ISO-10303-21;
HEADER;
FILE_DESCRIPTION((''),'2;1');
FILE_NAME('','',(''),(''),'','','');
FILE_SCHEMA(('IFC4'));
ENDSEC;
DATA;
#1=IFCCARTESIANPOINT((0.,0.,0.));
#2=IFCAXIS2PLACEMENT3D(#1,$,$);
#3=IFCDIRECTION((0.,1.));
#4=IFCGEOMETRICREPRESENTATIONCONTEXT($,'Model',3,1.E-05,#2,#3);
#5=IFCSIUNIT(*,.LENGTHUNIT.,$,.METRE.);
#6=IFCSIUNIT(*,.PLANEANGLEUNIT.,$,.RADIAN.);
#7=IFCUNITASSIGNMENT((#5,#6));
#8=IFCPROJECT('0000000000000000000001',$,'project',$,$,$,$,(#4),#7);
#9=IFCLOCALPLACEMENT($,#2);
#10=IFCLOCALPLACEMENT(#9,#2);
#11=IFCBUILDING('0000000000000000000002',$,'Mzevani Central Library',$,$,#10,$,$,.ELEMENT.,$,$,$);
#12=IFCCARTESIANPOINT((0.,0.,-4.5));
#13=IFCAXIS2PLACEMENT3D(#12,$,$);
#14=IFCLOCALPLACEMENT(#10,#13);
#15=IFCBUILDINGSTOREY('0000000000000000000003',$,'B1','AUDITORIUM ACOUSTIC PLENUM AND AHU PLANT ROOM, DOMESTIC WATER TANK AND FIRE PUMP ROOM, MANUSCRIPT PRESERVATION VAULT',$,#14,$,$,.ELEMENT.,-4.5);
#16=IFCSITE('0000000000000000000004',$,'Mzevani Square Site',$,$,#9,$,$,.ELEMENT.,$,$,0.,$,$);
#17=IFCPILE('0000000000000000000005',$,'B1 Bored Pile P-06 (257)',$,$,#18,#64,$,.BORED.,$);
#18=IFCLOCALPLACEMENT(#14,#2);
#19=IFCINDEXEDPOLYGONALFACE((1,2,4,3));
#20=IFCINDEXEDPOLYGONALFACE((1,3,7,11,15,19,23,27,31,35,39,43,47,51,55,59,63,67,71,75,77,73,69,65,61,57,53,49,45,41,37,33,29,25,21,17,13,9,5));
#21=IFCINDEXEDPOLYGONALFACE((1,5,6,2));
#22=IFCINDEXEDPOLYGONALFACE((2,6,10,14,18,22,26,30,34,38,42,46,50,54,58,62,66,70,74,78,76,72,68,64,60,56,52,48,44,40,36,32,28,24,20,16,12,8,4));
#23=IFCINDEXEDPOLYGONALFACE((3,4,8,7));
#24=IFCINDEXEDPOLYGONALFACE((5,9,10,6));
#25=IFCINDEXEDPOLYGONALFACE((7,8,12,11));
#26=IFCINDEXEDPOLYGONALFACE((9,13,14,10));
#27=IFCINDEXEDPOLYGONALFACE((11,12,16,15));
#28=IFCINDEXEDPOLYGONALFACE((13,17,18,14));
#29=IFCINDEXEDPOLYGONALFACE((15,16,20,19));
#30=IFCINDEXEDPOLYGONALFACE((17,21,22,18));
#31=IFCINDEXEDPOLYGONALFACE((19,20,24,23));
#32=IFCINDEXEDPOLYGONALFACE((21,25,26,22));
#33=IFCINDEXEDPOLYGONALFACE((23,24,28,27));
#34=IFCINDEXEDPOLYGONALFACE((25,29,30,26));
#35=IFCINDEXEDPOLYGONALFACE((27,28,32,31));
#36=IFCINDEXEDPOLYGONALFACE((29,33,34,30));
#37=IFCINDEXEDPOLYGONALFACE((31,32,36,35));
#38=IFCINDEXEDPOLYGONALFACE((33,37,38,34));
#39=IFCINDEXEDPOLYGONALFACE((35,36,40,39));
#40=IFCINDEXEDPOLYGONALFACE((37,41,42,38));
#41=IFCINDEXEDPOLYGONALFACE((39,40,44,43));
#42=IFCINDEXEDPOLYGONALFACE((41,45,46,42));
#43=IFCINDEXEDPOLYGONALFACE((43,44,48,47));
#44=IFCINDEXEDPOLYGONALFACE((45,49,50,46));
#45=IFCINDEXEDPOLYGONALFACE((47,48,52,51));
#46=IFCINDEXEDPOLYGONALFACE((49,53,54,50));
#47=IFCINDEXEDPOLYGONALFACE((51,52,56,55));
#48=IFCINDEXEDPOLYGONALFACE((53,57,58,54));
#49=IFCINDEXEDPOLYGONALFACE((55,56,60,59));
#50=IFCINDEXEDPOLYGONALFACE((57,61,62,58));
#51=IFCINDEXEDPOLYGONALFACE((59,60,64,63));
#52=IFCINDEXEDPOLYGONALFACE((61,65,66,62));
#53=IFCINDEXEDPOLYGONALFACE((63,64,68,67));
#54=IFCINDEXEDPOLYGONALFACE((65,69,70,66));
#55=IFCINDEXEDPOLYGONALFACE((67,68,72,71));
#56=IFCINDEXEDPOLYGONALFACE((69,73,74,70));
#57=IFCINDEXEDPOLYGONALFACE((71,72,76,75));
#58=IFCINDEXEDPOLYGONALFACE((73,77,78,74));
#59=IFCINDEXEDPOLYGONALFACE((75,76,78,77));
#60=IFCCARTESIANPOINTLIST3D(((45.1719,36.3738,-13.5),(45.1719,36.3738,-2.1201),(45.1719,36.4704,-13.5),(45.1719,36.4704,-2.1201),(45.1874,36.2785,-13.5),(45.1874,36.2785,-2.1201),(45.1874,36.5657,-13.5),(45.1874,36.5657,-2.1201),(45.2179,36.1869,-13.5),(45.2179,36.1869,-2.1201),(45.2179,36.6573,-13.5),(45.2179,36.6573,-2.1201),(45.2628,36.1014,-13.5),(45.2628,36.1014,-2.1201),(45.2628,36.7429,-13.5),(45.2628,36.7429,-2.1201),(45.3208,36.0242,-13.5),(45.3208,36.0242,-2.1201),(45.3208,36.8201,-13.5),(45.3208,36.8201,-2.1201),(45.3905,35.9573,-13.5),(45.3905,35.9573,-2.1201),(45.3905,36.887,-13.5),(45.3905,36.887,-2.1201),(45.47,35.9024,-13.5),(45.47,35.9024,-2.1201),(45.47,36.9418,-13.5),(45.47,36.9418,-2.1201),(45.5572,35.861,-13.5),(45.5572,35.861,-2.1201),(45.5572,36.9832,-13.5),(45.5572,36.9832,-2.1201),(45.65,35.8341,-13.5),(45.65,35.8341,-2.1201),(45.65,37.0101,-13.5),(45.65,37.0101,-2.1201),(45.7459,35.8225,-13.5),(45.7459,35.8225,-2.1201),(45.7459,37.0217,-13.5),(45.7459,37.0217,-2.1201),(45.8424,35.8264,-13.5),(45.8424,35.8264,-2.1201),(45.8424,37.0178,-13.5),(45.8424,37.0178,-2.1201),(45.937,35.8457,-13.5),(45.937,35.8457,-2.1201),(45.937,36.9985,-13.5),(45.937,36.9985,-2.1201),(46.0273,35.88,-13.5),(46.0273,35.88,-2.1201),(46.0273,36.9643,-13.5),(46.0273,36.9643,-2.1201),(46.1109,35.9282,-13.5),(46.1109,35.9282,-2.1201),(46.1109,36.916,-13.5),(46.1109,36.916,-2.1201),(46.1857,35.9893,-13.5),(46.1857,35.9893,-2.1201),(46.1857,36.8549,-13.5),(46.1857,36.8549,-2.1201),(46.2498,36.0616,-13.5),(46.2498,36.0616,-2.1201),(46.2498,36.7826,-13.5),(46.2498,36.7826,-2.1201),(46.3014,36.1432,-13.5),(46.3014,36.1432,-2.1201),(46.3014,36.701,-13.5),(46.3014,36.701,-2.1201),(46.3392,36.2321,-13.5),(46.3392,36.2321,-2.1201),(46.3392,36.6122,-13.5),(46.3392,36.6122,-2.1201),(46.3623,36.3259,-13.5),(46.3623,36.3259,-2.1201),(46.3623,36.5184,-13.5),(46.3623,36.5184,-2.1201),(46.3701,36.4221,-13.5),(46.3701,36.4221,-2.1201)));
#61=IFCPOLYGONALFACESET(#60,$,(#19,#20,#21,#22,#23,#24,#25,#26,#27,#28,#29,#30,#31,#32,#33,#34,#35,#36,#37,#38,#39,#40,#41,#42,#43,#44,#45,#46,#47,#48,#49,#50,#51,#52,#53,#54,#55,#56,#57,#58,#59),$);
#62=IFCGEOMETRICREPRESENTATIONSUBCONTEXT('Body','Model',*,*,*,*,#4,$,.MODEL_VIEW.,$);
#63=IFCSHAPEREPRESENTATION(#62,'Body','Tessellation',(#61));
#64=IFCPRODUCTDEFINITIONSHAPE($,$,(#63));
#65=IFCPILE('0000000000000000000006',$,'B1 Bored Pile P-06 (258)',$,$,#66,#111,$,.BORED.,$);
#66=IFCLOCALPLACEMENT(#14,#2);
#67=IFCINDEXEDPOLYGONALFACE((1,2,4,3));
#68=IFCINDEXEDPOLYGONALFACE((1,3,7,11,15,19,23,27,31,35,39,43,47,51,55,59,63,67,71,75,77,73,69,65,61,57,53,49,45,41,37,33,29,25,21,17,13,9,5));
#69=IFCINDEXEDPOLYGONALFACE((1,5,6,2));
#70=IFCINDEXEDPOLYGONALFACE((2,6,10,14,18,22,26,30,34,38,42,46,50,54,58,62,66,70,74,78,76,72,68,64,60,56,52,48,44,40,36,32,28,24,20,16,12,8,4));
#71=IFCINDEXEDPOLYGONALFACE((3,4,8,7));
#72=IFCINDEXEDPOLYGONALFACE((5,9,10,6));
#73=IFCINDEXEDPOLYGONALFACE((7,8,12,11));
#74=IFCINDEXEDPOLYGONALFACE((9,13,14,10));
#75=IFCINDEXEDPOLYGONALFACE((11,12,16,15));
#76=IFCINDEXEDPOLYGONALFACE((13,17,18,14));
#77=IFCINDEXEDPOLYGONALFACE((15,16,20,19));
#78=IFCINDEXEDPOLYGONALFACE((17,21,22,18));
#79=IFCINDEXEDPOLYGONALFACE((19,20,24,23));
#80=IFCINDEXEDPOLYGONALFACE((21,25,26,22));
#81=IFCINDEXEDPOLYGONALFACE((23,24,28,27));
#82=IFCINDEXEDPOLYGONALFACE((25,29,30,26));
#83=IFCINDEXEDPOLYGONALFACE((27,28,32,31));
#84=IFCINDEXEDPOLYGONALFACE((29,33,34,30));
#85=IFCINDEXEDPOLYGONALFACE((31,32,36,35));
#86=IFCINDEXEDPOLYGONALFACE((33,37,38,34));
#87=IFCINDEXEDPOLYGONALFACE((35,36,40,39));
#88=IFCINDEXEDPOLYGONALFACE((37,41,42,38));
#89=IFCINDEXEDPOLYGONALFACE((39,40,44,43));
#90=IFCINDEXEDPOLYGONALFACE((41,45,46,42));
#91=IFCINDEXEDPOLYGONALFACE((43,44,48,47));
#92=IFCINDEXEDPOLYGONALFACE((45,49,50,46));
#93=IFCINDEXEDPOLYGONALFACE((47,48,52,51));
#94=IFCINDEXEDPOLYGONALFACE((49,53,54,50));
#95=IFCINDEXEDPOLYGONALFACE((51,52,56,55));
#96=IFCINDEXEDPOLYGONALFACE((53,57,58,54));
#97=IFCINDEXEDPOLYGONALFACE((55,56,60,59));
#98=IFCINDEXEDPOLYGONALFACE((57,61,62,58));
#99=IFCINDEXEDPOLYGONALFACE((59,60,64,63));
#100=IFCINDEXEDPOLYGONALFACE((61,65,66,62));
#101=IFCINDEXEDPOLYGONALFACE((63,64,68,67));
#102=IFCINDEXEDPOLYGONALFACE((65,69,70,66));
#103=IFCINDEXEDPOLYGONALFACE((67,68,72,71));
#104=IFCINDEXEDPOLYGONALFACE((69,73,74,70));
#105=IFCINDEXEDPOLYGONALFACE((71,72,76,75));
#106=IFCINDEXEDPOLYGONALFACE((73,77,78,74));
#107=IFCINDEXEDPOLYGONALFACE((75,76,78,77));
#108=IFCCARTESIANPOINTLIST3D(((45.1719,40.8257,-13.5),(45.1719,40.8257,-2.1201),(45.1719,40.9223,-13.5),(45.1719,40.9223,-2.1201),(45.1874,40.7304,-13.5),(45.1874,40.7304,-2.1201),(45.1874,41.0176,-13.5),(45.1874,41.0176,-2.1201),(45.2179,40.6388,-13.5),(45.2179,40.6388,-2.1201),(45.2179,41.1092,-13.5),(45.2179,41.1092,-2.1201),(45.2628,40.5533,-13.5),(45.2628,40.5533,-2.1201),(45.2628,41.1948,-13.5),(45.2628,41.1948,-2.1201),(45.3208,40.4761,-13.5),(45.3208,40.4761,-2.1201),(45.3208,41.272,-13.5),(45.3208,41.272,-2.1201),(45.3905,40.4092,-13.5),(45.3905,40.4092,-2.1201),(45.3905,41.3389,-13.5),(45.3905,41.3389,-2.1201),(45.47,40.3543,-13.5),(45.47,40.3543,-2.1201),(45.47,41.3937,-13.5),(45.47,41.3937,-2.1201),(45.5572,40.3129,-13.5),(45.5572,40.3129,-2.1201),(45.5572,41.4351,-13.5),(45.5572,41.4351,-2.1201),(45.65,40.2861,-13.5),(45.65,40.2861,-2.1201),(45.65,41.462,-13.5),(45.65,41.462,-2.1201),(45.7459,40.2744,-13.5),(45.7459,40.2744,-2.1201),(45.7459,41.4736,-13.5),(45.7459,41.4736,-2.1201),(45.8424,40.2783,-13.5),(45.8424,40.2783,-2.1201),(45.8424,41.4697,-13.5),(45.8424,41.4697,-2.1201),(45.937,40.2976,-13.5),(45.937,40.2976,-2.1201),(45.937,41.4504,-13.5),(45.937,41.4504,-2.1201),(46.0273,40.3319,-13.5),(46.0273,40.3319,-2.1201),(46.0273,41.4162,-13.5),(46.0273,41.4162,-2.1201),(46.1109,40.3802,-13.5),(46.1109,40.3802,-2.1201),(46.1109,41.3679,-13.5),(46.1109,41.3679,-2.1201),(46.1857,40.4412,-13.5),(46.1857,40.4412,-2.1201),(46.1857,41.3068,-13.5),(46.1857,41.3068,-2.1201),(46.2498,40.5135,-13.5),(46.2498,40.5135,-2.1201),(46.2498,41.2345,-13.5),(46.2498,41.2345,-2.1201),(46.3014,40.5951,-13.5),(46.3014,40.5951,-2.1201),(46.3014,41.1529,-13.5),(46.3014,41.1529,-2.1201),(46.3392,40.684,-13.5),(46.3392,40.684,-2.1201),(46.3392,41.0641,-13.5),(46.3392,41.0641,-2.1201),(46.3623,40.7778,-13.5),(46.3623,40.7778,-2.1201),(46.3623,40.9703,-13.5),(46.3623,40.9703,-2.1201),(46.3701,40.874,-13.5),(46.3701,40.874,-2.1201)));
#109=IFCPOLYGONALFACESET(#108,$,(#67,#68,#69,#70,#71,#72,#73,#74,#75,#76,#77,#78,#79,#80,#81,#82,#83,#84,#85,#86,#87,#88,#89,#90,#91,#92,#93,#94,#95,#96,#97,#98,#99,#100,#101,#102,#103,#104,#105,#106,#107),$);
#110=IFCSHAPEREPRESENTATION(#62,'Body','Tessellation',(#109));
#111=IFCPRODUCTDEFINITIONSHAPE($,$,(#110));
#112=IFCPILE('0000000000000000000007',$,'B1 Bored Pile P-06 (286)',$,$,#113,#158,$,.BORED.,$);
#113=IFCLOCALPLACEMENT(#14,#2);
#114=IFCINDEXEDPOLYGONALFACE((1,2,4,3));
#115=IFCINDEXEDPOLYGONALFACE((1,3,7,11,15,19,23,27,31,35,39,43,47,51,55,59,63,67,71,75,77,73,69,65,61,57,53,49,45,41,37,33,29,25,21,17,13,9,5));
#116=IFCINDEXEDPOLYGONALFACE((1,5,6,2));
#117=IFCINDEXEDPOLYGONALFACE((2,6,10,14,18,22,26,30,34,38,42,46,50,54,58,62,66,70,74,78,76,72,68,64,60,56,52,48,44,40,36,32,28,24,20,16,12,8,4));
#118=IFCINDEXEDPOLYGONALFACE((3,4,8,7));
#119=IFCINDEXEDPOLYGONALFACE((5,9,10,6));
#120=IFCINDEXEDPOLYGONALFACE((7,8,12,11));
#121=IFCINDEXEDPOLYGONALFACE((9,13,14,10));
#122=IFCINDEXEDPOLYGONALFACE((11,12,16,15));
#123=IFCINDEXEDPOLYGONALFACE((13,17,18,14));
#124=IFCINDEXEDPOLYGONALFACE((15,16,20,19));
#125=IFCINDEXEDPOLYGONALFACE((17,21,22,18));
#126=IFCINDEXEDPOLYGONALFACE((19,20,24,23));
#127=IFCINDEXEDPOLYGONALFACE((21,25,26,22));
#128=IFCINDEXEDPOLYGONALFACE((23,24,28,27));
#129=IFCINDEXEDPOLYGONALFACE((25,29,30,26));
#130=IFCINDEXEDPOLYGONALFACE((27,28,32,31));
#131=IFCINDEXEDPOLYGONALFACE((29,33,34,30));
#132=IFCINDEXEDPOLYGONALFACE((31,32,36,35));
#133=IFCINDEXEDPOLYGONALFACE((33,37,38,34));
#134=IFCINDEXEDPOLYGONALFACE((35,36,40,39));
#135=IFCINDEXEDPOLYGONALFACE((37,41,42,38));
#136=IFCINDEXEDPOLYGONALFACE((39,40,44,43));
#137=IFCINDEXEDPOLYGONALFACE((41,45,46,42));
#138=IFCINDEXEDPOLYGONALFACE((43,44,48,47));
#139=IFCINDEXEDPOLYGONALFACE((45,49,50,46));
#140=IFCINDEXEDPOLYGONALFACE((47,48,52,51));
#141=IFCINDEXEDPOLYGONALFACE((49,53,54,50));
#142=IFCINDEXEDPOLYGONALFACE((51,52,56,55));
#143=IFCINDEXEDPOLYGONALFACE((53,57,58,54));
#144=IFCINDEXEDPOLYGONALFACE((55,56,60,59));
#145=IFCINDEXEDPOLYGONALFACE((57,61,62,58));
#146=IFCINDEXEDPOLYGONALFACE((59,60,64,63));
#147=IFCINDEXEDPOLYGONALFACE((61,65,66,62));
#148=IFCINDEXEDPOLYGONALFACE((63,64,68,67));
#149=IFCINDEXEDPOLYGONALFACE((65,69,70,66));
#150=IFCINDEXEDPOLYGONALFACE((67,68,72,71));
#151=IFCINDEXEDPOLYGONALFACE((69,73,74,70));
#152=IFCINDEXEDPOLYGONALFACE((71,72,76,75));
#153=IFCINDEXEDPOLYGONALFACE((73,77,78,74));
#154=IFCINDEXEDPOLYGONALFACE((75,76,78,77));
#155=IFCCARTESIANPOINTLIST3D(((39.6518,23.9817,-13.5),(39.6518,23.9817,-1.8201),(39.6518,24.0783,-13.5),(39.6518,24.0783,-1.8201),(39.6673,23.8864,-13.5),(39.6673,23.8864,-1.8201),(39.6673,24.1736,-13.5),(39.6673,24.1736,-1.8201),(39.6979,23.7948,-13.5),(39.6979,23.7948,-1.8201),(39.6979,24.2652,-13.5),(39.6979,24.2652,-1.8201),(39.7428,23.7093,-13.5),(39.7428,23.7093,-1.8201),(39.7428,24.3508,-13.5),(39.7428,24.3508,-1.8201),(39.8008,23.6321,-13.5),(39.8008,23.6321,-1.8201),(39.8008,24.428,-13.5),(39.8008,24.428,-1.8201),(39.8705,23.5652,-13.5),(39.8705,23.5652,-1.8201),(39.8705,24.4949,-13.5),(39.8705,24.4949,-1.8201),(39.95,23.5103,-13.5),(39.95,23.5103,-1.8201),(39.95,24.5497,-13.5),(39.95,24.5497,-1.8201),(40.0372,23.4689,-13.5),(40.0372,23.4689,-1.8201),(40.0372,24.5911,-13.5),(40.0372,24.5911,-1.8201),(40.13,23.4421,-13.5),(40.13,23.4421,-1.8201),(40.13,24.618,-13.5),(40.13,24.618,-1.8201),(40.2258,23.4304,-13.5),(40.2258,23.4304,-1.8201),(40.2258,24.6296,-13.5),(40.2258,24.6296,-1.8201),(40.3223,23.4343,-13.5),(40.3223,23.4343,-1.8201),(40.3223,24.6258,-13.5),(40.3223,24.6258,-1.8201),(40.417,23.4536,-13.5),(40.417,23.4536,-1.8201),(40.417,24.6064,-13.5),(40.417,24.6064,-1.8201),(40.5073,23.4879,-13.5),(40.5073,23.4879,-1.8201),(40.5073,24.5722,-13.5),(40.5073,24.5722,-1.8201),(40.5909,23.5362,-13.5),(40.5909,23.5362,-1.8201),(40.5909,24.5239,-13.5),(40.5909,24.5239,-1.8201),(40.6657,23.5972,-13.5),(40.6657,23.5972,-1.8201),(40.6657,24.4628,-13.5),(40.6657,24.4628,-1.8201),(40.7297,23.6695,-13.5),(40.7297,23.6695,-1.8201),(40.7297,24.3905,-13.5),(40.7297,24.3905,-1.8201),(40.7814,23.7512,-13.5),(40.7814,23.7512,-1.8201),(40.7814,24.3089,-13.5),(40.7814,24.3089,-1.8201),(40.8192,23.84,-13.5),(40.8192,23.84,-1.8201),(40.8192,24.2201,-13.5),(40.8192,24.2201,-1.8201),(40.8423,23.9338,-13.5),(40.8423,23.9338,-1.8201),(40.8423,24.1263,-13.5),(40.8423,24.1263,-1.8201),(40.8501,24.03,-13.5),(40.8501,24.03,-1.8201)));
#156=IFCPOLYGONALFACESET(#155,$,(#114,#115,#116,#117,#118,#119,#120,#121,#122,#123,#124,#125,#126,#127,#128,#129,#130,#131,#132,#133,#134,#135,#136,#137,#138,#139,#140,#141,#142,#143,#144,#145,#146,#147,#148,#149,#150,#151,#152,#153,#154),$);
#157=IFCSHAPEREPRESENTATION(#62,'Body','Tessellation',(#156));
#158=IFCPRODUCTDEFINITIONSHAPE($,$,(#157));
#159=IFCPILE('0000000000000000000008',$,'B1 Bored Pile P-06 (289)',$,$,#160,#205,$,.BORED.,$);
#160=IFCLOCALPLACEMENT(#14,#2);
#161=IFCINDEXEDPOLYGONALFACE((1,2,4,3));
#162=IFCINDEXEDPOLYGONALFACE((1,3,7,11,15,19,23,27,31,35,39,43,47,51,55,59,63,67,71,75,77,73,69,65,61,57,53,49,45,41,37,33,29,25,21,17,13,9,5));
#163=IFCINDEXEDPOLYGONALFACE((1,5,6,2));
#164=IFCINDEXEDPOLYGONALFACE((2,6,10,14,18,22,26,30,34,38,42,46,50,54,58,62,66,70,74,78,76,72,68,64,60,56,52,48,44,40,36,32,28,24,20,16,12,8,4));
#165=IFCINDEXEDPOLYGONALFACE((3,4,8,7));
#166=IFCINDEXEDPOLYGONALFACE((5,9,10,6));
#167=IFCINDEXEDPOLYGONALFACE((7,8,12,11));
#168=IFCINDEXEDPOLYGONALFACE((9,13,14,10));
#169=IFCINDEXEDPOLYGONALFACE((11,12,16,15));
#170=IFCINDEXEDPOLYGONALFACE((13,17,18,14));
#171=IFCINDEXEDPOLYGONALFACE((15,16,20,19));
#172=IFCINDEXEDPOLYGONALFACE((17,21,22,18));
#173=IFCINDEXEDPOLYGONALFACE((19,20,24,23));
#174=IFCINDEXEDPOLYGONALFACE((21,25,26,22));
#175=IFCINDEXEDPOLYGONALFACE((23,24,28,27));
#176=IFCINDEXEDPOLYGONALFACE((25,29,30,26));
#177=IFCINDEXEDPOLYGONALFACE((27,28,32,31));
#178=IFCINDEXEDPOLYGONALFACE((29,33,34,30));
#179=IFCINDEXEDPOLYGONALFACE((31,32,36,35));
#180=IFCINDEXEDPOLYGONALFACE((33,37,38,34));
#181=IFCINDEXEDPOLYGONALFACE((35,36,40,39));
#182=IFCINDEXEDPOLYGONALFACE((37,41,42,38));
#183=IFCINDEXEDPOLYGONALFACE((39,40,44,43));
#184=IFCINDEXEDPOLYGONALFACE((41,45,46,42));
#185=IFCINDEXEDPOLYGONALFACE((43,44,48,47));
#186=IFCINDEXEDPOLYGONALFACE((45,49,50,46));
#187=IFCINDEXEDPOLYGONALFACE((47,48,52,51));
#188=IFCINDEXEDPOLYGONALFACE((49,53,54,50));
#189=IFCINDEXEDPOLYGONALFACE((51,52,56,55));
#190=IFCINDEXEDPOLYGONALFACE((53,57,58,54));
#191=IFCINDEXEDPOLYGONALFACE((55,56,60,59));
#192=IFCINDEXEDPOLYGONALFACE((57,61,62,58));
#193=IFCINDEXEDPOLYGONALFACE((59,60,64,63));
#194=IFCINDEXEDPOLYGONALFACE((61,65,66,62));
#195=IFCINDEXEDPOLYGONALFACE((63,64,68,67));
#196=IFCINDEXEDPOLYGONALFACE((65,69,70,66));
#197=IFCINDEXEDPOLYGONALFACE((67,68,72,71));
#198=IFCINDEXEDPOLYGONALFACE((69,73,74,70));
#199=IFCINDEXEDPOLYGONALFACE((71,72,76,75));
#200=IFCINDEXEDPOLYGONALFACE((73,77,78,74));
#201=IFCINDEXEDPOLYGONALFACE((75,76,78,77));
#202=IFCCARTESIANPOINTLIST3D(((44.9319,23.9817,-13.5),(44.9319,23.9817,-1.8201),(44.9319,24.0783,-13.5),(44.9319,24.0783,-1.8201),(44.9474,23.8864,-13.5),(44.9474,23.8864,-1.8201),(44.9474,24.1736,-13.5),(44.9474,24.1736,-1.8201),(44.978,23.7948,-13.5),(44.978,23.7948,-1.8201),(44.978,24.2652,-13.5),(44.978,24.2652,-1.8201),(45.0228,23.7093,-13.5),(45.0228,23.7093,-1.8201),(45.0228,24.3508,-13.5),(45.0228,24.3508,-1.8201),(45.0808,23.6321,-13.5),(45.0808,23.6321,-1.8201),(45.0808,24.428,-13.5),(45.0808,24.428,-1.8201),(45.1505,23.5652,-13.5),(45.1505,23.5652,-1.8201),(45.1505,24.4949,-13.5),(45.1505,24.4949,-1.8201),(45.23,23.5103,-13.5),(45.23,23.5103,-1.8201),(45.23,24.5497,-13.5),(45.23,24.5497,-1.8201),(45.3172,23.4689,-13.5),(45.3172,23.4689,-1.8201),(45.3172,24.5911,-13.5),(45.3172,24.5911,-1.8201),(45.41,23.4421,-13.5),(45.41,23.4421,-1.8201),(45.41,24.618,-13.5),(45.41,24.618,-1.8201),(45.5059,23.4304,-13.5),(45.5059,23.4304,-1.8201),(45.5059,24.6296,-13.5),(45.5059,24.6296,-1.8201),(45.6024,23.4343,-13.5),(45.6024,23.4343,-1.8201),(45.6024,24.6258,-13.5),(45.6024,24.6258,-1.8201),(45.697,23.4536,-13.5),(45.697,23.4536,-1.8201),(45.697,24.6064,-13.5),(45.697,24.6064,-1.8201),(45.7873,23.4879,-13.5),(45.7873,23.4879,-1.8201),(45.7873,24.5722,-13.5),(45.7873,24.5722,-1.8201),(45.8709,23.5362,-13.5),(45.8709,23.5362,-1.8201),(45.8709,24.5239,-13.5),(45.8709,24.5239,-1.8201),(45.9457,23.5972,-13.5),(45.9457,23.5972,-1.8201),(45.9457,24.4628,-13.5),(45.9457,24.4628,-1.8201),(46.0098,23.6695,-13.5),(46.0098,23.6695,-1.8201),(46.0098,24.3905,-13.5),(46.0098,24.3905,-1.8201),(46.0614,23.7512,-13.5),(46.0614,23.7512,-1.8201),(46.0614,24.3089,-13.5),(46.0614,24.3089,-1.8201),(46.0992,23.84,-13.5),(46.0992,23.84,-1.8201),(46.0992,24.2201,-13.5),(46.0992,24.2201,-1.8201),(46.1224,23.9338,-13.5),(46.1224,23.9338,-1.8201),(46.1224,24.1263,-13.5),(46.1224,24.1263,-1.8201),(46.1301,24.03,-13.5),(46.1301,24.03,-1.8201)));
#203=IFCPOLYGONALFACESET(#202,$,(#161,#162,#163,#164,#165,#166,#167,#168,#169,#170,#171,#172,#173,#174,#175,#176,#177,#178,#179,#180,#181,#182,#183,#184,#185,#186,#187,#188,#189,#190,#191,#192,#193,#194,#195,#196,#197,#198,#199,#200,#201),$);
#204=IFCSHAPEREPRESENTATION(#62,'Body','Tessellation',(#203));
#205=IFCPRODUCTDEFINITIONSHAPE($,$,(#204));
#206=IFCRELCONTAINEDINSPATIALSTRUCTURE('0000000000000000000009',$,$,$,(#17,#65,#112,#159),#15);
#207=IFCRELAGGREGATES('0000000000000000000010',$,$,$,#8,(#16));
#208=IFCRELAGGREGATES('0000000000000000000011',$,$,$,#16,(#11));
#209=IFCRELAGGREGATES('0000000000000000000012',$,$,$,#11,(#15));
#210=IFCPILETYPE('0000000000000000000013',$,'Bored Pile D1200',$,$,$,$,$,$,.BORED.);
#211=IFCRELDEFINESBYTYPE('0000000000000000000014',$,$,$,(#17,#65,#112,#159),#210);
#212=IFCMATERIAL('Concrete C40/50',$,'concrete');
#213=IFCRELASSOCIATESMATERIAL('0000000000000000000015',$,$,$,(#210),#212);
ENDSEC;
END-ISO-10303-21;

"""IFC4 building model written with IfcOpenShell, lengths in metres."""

from ifc_helpers import new_model, si_unit, direction, frame, origin, origin_2d, place, context, subcontext, project, spatial, circle, extrude, material, material_profile, profile_set, type_object, element, save


model = new_model("IFC4")

# Units and contexts
model_context = context("Model", 3, precision=1e-05, world=origin(), true_north=direction((0.0, 1.0)))
body_context = subcontext(model_context, "Body", "Model", "MODEL_VIEW")
ifc_project = project(units=[si_unit("LENGTHUNIT", "METRE"), si_unit("PLANEANGLEUNIT", "RADIAN")], contexts=[model_context])

# Site, building, storey
site_placement = place(None, origin())
site = spatial("IfcSite", under=ifc_project, at=site_placement, Name="Mzevani Square Site", CompositionType="ELEMENT", RefElevation=0.0)
building_placement = place(site_placement, origin())
building = spatial("IfcBuilding", under=site, at=building_placement, Name="Mzevani Central Library", CompositionType="ELEMENT")
storey_placement = place(building_placement, frame((0.0, 0.0, -4.5)))
storey = spatial("IfcBuildingStorey", under=building, at=storey_placement, Name="B1", Description="AUDITORIUM ACOUSTIC PLENUM AND AHU PLANT ROOM, DOMESTIC WATER TANK AND FIRE PUMP ROOM, MANUSCRIPT PRESERVATION VAULT", CompositionType="ELEMENT", Elevation=-4.5)

# Piles
ifc_material_1 = material(Name="Concrete C40/50", Category="concrete")
ifc_material_profile_1 = material_profile(ifc_material_1, circle(Radius=0.6001, at=origin_2d()), Name="PILE D1200")
ifc_profile_set_1 = profile_set([ifc_material_profile_1], Name="Concrete C40/50")
pile_type = type_object("IfcPileType", Name="Bored Pile D1200", PredefinedType="BORED", material=ifc_profile_set_1)
for number, where, z_axis, x_axis, name in (
    (1, (45.77, 36.4221, -2.1201), (0.0, 0.0, -1.0), (1.0, 0.0, 0.0), "B1 Bored Pile P-06 (257)"),
    (2, (45.77, 40.874, -2.1201), (0.0, 0.0, -1.0), (1.0, 0.0, 0.0), "B1 Bored Pile P-06 (258)"),
):
    element("IfcPile", number, at=place(storey_placement, frame(where, z_axis=z_axis, x_axis=x_axis)), inside=storey, type_object=pile_type, Name=name, PredefinedType="BORED", context=body_context, shape_type="SweptSolid", body=[
        extrude(circle(Radius=0.6001, at=origin_2d()), origin(), (0.0, 0.0, 1.0), 11.3799),
    ])
for number, where, z_axis, x_axis, name in (
    (3, (40.25, 24.03, -1.8201), (0.0, 0.0, -1.0), (1.0, 0.0, 0.0), "B1 Bored Pile P-06 (286)"),
    (4, (45.53, 24.03, -1.8201), (0.0, 0.0, -1.0), (1.0, 0.0, 0.0), "B1 Bored Pile P-06 (289)"),
):
    element("IfcPile", number, at=place(storey_placement, frame(where, z_axis=z_axis, x_axis=x_axis)), inside=storey, type_object=pile_type, Name=name, PredefinedType="BORED", context=body_context, shape_type="SweptSolid", body=[
        extrude(circle(Radius=0.6001, at=origin_2d()), origin(), (0.0, 0.0, 1.0), 11.6799),
    ])

save(model, "model.ifc")
